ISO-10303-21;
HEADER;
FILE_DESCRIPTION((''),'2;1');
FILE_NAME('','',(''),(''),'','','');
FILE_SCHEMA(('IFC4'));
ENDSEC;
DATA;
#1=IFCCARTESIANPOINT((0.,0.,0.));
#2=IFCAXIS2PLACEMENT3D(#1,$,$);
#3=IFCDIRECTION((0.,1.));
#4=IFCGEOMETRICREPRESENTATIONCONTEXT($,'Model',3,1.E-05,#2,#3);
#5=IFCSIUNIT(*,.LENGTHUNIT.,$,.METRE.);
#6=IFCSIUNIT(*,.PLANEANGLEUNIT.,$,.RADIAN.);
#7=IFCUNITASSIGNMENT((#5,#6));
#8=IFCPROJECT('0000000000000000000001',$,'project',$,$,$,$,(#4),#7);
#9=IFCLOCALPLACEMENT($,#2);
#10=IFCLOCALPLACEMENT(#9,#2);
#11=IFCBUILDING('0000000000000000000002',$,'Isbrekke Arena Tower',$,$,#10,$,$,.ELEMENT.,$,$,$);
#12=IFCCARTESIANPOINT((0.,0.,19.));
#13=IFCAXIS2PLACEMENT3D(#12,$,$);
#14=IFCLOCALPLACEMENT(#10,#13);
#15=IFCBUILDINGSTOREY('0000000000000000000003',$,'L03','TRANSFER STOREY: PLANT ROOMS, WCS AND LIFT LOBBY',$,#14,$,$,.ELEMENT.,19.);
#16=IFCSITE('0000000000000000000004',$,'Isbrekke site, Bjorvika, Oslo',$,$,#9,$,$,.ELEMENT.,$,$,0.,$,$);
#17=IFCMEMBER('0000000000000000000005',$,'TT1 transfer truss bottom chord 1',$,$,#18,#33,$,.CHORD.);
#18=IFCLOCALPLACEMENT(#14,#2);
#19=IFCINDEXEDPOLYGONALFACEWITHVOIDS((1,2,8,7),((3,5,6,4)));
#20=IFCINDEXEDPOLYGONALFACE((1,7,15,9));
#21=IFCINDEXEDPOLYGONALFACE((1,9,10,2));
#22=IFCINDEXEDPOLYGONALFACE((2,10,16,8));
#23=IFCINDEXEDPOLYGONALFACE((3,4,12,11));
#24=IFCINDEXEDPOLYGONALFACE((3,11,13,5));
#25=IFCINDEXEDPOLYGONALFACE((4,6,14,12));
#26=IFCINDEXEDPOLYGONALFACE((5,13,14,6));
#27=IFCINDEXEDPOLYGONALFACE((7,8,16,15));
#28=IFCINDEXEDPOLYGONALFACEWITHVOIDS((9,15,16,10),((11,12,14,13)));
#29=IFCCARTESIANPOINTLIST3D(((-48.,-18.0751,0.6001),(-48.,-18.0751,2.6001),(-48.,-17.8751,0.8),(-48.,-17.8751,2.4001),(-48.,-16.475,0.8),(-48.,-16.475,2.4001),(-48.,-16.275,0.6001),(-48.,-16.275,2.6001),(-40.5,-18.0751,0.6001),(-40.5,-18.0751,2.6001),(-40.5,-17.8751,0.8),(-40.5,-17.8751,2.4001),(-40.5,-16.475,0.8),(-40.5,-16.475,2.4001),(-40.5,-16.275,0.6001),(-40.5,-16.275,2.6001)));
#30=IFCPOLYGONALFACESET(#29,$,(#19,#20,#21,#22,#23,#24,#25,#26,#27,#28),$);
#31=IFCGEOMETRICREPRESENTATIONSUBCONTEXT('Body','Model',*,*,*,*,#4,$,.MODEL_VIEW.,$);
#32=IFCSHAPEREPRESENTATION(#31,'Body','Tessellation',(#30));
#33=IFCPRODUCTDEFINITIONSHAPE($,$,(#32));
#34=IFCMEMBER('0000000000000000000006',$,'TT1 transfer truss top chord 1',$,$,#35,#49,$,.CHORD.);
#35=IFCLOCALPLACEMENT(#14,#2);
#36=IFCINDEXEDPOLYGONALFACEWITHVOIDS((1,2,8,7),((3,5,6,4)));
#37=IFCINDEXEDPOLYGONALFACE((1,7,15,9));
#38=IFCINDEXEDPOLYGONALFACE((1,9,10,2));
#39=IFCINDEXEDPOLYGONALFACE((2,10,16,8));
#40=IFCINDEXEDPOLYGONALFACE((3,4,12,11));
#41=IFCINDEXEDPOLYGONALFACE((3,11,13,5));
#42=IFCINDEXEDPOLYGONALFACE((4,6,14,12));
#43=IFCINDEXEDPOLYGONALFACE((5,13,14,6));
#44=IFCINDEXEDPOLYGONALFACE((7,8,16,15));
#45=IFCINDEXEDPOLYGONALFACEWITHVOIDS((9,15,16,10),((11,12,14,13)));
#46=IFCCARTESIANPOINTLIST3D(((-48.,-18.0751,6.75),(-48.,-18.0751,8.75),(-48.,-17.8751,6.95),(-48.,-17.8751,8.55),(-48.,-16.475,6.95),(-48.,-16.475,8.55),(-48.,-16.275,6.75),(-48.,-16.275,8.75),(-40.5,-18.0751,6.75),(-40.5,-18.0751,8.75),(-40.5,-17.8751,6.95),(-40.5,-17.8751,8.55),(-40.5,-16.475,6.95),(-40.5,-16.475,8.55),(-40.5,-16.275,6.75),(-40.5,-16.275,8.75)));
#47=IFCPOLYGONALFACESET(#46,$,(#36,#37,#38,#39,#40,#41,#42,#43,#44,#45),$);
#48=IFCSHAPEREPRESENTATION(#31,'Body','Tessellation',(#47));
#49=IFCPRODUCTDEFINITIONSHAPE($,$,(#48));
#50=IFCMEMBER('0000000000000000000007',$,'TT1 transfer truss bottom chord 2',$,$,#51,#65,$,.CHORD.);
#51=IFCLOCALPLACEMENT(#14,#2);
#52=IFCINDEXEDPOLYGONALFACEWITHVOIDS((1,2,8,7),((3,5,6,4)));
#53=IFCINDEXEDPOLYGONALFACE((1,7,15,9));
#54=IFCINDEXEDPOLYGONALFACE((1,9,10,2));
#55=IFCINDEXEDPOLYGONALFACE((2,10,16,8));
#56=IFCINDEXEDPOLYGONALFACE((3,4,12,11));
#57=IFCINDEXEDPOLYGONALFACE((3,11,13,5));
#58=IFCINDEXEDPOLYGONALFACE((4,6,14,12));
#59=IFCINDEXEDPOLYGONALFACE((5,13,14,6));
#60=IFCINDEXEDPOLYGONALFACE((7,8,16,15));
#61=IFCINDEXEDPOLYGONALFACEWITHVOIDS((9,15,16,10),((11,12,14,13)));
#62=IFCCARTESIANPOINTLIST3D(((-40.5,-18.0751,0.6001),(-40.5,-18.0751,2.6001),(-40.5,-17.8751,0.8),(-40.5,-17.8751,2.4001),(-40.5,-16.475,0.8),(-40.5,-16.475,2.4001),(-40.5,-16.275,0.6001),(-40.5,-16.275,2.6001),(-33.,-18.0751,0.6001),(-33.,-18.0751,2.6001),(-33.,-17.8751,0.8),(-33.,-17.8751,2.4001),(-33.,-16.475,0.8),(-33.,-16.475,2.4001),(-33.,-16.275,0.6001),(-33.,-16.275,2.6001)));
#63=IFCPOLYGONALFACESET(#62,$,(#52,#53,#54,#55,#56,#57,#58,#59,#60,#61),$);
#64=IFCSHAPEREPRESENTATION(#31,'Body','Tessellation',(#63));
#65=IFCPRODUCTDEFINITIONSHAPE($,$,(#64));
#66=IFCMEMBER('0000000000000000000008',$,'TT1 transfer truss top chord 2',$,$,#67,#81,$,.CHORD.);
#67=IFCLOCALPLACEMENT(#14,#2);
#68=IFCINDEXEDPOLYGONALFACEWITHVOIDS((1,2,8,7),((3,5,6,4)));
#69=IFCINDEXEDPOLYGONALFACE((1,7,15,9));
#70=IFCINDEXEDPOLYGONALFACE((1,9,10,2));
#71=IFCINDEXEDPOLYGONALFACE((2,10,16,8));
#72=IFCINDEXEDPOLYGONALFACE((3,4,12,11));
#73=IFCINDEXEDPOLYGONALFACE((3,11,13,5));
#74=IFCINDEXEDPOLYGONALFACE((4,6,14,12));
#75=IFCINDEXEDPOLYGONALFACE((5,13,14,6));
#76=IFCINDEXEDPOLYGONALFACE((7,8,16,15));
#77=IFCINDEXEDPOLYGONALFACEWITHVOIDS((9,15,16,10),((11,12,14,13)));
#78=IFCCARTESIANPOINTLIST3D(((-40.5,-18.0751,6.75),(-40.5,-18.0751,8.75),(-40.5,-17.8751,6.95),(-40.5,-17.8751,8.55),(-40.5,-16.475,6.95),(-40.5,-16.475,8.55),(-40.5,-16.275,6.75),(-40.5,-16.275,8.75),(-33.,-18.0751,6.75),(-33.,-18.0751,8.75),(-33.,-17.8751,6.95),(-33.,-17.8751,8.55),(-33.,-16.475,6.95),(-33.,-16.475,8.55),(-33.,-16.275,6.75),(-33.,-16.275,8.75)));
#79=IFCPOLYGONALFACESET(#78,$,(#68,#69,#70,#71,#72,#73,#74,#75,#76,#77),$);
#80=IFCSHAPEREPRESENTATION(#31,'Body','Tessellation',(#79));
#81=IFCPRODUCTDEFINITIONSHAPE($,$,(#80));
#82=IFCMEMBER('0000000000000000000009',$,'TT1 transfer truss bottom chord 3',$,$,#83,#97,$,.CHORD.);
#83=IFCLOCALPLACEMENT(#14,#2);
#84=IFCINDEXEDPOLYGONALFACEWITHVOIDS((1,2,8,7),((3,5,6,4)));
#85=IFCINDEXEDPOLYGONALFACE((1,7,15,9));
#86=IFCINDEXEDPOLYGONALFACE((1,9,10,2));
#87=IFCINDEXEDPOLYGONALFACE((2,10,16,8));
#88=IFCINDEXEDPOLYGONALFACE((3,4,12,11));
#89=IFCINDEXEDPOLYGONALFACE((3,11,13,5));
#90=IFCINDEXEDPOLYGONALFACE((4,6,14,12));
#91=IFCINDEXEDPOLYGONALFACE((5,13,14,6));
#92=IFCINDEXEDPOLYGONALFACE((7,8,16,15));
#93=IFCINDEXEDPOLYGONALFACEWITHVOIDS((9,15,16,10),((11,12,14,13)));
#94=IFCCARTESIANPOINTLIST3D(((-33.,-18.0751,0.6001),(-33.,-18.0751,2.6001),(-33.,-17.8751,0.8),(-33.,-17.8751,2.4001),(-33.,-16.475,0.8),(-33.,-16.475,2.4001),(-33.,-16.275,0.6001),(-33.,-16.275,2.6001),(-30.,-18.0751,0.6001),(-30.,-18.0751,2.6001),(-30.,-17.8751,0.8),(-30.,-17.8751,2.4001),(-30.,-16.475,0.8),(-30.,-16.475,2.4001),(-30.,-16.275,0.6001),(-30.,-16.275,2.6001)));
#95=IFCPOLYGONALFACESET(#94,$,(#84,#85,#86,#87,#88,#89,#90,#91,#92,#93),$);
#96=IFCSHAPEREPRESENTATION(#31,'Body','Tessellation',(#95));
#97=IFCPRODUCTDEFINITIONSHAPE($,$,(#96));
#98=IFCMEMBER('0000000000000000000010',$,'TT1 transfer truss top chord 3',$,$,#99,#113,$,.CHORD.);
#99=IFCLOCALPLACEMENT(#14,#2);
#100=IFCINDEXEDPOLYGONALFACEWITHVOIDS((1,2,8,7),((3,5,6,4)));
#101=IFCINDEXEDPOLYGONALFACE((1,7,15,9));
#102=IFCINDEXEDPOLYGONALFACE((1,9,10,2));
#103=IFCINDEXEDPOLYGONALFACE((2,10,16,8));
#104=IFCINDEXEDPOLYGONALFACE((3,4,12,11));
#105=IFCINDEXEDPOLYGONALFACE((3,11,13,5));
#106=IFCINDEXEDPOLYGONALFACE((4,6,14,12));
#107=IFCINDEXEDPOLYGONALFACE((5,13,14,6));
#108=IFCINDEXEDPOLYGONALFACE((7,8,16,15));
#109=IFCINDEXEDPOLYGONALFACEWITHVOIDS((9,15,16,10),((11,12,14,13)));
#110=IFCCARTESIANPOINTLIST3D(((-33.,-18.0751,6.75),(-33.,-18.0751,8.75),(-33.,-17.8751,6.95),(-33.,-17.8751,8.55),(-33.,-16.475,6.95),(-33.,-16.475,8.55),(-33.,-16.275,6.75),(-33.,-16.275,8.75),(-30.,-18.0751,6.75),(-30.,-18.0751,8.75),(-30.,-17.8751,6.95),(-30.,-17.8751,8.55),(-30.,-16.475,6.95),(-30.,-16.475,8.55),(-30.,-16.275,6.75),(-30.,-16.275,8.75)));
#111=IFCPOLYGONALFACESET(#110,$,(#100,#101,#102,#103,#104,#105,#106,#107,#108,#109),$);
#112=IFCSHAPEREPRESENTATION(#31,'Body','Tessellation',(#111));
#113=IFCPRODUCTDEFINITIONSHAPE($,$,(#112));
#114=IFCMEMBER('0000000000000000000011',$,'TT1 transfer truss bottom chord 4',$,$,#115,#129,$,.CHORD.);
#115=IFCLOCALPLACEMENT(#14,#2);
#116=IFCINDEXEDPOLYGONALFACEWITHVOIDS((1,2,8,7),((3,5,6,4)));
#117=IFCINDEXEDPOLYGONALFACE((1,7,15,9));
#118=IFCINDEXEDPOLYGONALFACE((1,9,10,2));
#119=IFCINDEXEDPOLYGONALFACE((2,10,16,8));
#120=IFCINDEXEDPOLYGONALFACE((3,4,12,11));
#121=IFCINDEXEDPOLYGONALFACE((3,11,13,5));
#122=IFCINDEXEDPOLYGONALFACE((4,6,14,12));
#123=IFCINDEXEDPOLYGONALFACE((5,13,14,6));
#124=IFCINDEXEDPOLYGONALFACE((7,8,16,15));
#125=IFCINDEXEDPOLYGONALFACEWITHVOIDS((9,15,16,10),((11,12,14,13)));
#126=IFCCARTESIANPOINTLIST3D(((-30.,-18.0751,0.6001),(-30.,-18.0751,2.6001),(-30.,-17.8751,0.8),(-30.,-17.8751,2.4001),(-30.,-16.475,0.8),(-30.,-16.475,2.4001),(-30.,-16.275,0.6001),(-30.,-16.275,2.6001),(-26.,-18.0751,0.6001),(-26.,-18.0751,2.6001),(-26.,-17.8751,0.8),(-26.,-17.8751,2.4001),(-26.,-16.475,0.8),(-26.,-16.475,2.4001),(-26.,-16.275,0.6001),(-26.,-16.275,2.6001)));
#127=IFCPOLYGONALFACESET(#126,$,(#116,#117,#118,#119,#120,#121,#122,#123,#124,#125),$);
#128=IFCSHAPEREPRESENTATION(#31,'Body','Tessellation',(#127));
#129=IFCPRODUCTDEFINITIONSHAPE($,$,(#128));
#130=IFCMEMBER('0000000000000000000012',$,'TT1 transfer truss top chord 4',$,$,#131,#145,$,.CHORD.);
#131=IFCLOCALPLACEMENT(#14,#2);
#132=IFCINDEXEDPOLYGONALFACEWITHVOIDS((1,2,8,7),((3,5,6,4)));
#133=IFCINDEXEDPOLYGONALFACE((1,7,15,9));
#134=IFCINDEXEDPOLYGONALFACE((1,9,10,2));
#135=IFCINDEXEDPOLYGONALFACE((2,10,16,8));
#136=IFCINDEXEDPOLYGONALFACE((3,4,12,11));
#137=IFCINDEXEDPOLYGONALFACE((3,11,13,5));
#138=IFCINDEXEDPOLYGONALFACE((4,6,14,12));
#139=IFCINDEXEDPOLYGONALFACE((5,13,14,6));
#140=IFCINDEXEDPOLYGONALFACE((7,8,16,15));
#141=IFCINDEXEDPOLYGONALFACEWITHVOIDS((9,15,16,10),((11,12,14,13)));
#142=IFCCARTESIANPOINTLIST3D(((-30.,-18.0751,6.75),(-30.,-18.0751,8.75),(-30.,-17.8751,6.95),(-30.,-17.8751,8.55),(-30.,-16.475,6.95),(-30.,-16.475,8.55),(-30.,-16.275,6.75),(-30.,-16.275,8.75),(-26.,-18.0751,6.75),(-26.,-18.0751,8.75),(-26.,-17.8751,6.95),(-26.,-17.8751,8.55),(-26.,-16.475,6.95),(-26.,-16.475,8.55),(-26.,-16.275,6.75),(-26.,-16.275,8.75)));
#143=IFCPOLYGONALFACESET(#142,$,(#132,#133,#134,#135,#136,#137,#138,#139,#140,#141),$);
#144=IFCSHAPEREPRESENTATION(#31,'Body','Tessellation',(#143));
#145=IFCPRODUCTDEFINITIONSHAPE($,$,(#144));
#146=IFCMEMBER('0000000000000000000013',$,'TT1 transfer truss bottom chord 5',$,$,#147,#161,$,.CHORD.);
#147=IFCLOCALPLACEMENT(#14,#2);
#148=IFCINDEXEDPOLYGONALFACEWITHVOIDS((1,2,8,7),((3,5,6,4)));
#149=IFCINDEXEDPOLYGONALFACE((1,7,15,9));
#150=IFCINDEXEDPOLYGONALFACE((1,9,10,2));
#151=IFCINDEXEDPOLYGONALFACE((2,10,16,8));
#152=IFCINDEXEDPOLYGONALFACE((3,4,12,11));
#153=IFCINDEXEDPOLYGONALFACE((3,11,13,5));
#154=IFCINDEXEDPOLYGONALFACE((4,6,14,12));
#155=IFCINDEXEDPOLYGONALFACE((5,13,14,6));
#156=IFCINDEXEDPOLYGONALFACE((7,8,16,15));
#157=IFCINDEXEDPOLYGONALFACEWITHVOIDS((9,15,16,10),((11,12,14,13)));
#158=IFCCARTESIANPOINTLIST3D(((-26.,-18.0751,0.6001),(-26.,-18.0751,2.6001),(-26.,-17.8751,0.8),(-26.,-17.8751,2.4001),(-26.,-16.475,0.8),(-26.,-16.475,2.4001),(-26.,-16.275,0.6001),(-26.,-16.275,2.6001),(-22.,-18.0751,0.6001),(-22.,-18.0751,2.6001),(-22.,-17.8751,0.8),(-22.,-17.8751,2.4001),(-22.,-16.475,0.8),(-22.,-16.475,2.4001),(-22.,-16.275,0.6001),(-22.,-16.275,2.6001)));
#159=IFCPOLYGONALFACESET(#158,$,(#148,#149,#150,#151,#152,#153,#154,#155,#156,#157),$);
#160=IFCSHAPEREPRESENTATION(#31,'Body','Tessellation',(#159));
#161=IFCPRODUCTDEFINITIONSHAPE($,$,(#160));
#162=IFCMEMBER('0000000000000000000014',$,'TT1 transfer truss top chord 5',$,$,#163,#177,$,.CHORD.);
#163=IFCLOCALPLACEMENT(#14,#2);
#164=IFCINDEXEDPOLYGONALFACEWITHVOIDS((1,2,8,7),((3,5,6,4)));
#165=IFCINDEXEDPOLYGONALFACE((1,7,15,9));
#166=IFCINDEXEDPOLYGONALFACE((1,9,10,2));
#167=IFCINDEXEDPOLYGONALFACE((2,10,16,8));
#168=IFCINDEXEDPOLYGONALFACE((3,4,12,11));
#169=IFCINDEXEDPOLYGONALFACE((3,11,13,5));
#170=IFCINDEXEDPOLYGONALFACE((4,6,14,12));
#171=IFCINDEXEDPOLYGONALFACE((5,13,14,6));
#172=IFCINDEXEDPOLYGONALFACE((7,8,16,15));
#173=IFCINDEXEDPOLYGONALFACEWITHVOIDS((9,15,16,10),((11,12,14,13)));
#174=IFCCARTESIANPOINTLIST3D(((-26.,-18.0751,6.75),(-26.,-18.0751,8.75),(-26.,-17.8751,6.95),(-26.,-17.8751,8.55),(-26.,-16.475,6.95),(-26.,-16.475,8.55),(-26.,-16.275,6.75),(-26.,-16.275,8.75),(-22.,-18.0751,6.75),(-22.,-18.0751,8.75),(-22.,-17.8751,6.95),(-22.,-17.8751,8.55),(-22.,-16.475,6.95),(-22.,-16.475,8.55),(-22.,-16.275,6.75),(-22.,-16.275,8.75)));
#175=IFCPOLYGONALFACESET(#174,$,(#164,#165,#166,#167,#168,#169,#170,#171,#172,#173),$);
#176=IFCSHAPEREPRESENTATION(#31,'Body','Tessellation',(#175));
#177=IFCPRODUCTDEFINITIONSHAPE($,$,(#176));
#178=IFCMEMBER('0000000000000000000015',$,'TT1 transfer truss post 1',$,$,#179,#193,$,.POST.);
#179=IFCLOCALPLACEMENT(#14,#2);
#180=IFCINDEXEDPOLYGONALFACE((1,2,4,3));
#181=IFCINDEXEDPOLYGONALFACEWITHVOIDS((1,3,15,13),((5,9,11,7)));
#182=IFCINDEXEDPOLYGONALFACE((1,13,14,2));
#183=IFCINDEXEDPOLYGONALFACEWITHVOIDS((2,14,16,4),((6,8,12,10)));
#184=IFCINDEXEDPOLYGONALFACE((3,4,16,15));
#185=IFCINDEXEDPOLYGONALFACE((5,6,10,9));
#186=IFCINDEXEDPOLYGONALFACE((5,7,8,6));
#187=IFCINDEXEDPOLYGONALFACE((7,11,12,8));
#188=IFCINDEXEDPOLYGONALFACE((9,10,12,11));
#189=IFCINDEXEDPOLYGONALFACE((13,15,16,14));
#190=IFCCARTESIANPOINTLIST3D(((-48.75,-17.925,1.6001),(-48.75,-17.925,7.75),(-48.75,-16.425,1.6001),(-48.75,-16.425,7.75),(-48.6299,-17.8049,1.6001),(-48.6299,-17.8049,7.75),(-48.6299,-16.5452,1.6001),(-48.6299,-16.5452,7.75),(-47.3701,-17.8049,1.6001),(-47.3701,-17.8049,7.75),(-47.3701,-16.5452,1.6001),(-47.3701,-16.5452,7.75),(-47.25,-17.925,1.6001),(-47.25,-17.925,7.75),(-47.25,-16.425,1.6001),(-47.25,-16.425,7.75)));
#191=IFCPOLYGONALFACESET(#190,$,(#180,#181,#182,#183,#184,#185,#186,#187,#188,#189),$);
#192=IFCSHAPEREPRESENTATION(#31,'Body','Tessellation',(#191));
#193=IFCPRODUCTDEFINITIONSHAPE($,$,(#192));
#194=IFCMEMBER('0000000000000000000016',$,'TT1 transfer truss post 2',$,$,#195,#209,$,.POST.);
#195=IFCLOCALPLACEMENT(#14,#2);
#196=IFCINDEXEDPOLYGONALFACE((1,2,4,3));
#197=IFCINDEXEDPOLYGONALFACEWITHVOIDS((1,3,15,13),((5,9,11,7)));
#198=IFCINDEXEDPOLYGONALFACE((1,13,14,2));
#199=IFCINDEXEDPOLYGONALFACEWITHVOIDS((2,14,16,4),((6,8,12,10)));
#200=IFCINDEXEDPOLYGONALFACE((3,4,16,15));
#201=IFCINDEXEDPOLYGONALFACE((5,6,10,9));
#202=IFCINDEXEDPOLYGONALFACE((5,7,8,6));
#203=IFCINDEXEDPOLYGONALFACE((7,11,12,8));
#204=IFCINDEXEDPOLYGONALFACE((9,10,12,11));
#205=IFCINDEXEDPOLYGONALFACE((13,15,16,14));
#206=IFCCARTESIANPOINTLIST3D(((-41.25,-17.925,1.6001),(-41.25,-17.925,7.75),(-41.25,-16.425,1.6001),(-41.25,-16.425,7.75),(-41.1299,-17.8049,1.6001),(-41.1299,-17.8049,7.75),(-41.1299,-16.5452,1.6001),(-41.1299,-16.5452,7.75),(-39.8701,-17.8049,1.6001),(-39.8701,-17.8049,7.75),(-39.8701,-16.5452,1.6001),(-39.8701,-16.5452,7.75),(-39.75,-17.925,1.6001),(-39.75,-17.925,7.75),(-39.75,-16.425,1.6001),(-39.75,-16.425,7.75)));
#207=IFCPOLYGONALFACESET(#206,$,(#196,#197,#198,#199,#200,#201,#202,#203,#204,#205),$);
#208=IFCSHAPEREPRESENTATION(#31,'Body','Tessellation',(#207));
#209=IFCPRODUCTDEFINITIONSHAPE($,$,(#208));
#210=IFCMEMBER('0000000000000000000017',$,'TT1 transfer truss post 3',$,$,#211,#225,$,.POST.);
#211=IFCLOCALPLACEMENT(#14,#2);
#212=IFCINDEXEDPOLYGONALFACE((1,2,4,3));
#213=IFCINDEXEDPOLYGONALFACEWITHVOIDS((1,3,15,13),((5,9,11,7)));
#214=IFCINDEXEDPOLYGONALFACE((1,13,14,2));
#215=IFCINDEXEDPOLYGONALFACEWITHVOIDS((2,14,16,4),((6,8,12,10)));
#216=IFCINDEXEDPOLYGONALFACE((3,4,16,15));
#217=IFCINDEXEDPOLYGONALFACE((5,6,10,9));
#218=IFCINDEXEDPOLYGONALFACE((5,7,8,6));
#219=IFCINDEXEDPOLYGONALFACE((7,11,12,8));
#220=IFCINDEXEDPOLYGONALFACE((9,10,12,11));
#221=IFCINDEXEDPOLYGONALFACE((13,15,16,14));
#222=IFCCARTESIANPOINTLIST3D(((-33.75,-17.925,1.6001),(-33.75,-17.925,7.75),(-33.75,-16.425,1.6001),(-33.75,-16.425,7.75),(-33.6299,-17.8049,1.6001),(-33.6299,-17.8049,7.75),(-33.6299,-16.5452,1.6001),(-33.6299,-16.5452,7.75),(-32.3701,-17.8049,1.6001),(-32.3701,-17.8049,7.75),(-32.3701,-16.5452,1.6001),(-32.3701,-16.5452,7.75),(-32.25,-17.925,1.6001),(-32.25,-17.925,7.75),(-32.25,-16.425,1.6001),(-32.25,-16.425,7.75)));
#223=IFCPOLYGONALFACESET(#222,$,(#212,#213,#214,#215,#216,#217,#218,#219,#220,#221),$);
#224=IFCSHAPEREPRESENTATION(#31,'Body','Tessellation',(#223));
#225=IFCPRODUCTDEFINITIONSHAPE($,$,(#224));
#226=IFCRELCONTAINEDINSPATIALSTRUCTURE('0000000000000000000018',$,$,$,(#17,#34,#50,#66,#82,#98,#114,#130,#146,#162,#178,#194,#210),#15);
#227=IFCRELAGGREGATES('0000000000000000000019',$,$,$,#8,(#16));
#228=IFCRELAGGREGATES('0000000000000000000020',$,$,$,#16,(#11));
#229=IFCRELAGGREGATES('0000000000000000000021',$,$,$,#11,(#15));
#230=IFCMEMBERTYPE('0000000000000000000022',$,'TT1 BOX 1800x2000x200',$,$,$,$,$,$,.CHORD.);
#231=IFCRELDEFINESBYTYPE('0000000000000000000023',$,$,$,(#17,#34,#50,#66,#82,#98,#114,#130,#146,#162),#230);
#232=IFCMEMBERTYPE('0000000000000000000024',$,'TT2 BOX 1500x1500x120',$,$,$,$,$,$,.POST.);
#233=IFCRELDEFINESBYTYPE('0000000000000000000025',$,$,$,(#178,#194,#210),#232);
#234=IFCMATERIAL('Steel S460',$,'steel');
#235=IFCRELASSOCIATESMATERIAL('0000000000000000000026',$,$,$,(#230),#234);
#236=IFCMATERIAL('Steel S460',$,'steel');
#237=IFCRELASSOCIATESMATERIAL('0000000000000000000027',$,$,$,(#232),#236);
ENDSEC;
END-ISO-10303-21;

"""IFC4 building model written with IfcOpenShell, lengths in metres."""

from ifc_helpers import new_model, si_unit, direction, frame, origin, origin_2d, place, context, subcontext, project, spatial, hollow_rectangle, extrude, material, material_profile, profile_set, type_object, element, save


model = new_model("IFC4")

# Units and contexts
model_context = context("Model", 3, precision=1e-05, world=origin(), true_north=direction((0.0, 1.0)))
body_context = subcontext(model_context, "Body", "Model", "MODEL_VIEW")
ifc_project = project(units=[si_unit("LENGTHUNIT", "METRE"), si_unit("PLANEANGLEUNIT", "RADIAN")], contexts=[model_context])

# Site, building, storey
site_placement = place(None, origin())
site = spatial("IfcSite", under=ifc_project, at=site_placement, Name="Isbrekke site, Bjorvika, Oslo", CompositionType="ELEMENT", RefElevation=0.0)
building_placement = place(site_placement, origin())
building = spatial("IfcBuilding", under=site, at=building_placement, Name="Isbrekke Arena Tower", CompositionType="ELEMENT")
storey_placement = place(building_placement, frame((0.0, 0.0, 19.0)))
storey = spatial("IfcBuildingStorey", under=building, at=storey_placement, Name="L03", Description="TRANSFER STOREY: PLANT ROOMS, WCS AND LIFT LOBBY", CompositionType="ELEMENT", Elevation=19.0)

# Members
ifc_material_1 = material(Name="Steel S460", Category="steel")
ifc_material_profile_1 = material_profile(ifc_material_1, hollow_rectangle(XDim=1.8, YDim=2.0, WallThickness=0.2, at=origin_2d()), Name="BOX 1800x2000x200")
ifc_profile_set_1 = profile_set([ifc_material_profile_1], Name="Steel S460")
member_type_1 = type_object("IfcMemberType", Name="TT1 BOX 1800x2000x200", PredefinedType="CHORD", material=ifc_profile_set_1)
for number, where, z_axis, x_axis, name in (
    (1, (-48.0, -17.175, 1.6001), (1.0, 0.0, 0.0), (0.0, 1.0, 0.0), "TT1 transfer truss bottom chord 1"),
    (2, (-48.0, -17.175, 7.75), (1.0, 0.0, 0.0), (0.0, 1.0, 0.0), "TT1 transfer truss top chord 1"),
    (3, (-40.5, -17.175, 1.6001), (1.0, 0.0, 0.0), (0.0, 1.0, 0.0), "TT1 transfer truss bottom chord 2"),
    (4, (-40.5, -17.175, 7.75), (1.0, 0.0, 0.0), (0.0, 1.0, 0.0), "TT1 transfer truss top chord 2"),
):
    element("IfcMember", number, at=place(storey_placement, frame(where, z_axis=z_axis, x_axis=x_axis)), inside=storey, type_object=member_type_1, Name=name, PredefinedType="CHORD", context=body_context, shape_type="SweptSolid", body=[
        extrude(hollow_rectangle(XDim=1.8, YDim=2.0, WallThickness=0.2, at=origin_2d()), origin(), (0.0, 0.0, 1.0), 7.5),
    ])
for number, where, z_axis, x_axis, name in (
    (5, (-33.0, -17.175, 1.6001), (1.0, 0.0, 0.0), (0.0, 1.0, 0.0), "TT1 transfer truss bottom chord 3"),
    (6, (-33.0, -17.175, 7.75), (1.0, 0.0, 0.0), (0.0, 1.0, 0.0), "TT1 transfer truss top chord 3"),
):
    element("IfcMember", number, at=place(storey_placement, frame(where, z_axis=z_axis, x_axis=x_axis)), inside=storey, type_object=member_type_1, Name=name, PredefinedType="CHORD", context=body_context, shape_type="SweptSolid", body=[
        extrude(hollow_rectangle(XDim=1.8, YDim=2.0, WallThickness=0.2, at=origin_2d()), origin(), (0.0, 0.0, 1.0), 3.0),
    ])
for number, where, z_axis, x_axis, name in (
    (7, (-30.0, -17.175, 1.6001), (1.0, 0.0, 0.0), (0.0, 1.0, 0.0), "TT1 transfer truss bottom chord 4"),
    (8, (-30.0, -17.175, 7.75), (1.0, 0.0, 0.0), (0.0, 1.0, 0.0), "TT1 transfer truss top chord 4"),
    (9, (-26.0, -17.175, 1.6001), (1.0, 0.0, 0.0), (0.0, 1.0, 0.0), "TT1 transfer truss bottom chord 5"),
    (10, (-26.0, -17.175, 7.75), (1.0, 0.0, 0.0), (0.0, 1.0, 0.0), "TT1 transfer truss top chord 5"),
):
    element("IfcMember", number, at=place(storey_placement, frame(where, z_axis=z_axis, x_axis=x_axis)), inside=storey, type_object=member_type_1, Name=name, PredefinedType="CHORD", context=body_context, shape_type="SweptSolid", body=[
        extrude(hollow_rectangle(XDim=1.8, YDim=2.0, WallThickness=0.2, at=origin_2d()), origin(), (0.0, 0.0, 1.0), 4.0),
    ])
ifc_material_2 = material(Name="Steel S460", Category="steel")
ifc_material_profile_2 = material_profile(ifc_material_2, hollow_rectangle(XDim=1.5, YDim=1.5, WallThickness=0.1201, at=origin_2d()), Name="BOX 1500x1500x120")
ifc_profile_set_2 = profile_set([ifc_material_profile_2], Name="Steel S460")
member_type_2 = type_object("IfcMemberType", Name="TT2 BOX 1500x1500x120", PredefinedType="POST", material=ifc_profile_set_2)
for number, where, z_axis, x_axis, name in (
    (11, (-48.0, -17.175, 1.6001), (0.0, 0.0, 1.0), (1.0, 0.0, 0.0), "TT1 transfer truss post 1"),
    (12, (-40.5, -17.175, 1.6001), (0.0, 0.0, 1.0), (1.0, 0.0, 0.0), "TT1 transfer truss post 2"),
    (13, (-33.0, -17.175, 1.6001), (0.0, 0.0, 1.0), (1.0, 0.0, 0.0), "TT1 transfer truss post 3"),
):
    element("IfcMember", number, at=place(storey_placement, frame(where, z_axis=z_axis, x_axis=x_axis)), inside=storey, type_object=member_type_2, Name=name, PredefinedType="POST", context=body_context, shape_type="SweptSolid", body=[
        extrude(hollow_rectangle(XDim=1.5, YDim=1.5, WallThickness=0.1201, at=origin_2d()), origin(), (0.0, 0.0, 1.0), 6.1499),
    ])

save(model, "model.ifc")
